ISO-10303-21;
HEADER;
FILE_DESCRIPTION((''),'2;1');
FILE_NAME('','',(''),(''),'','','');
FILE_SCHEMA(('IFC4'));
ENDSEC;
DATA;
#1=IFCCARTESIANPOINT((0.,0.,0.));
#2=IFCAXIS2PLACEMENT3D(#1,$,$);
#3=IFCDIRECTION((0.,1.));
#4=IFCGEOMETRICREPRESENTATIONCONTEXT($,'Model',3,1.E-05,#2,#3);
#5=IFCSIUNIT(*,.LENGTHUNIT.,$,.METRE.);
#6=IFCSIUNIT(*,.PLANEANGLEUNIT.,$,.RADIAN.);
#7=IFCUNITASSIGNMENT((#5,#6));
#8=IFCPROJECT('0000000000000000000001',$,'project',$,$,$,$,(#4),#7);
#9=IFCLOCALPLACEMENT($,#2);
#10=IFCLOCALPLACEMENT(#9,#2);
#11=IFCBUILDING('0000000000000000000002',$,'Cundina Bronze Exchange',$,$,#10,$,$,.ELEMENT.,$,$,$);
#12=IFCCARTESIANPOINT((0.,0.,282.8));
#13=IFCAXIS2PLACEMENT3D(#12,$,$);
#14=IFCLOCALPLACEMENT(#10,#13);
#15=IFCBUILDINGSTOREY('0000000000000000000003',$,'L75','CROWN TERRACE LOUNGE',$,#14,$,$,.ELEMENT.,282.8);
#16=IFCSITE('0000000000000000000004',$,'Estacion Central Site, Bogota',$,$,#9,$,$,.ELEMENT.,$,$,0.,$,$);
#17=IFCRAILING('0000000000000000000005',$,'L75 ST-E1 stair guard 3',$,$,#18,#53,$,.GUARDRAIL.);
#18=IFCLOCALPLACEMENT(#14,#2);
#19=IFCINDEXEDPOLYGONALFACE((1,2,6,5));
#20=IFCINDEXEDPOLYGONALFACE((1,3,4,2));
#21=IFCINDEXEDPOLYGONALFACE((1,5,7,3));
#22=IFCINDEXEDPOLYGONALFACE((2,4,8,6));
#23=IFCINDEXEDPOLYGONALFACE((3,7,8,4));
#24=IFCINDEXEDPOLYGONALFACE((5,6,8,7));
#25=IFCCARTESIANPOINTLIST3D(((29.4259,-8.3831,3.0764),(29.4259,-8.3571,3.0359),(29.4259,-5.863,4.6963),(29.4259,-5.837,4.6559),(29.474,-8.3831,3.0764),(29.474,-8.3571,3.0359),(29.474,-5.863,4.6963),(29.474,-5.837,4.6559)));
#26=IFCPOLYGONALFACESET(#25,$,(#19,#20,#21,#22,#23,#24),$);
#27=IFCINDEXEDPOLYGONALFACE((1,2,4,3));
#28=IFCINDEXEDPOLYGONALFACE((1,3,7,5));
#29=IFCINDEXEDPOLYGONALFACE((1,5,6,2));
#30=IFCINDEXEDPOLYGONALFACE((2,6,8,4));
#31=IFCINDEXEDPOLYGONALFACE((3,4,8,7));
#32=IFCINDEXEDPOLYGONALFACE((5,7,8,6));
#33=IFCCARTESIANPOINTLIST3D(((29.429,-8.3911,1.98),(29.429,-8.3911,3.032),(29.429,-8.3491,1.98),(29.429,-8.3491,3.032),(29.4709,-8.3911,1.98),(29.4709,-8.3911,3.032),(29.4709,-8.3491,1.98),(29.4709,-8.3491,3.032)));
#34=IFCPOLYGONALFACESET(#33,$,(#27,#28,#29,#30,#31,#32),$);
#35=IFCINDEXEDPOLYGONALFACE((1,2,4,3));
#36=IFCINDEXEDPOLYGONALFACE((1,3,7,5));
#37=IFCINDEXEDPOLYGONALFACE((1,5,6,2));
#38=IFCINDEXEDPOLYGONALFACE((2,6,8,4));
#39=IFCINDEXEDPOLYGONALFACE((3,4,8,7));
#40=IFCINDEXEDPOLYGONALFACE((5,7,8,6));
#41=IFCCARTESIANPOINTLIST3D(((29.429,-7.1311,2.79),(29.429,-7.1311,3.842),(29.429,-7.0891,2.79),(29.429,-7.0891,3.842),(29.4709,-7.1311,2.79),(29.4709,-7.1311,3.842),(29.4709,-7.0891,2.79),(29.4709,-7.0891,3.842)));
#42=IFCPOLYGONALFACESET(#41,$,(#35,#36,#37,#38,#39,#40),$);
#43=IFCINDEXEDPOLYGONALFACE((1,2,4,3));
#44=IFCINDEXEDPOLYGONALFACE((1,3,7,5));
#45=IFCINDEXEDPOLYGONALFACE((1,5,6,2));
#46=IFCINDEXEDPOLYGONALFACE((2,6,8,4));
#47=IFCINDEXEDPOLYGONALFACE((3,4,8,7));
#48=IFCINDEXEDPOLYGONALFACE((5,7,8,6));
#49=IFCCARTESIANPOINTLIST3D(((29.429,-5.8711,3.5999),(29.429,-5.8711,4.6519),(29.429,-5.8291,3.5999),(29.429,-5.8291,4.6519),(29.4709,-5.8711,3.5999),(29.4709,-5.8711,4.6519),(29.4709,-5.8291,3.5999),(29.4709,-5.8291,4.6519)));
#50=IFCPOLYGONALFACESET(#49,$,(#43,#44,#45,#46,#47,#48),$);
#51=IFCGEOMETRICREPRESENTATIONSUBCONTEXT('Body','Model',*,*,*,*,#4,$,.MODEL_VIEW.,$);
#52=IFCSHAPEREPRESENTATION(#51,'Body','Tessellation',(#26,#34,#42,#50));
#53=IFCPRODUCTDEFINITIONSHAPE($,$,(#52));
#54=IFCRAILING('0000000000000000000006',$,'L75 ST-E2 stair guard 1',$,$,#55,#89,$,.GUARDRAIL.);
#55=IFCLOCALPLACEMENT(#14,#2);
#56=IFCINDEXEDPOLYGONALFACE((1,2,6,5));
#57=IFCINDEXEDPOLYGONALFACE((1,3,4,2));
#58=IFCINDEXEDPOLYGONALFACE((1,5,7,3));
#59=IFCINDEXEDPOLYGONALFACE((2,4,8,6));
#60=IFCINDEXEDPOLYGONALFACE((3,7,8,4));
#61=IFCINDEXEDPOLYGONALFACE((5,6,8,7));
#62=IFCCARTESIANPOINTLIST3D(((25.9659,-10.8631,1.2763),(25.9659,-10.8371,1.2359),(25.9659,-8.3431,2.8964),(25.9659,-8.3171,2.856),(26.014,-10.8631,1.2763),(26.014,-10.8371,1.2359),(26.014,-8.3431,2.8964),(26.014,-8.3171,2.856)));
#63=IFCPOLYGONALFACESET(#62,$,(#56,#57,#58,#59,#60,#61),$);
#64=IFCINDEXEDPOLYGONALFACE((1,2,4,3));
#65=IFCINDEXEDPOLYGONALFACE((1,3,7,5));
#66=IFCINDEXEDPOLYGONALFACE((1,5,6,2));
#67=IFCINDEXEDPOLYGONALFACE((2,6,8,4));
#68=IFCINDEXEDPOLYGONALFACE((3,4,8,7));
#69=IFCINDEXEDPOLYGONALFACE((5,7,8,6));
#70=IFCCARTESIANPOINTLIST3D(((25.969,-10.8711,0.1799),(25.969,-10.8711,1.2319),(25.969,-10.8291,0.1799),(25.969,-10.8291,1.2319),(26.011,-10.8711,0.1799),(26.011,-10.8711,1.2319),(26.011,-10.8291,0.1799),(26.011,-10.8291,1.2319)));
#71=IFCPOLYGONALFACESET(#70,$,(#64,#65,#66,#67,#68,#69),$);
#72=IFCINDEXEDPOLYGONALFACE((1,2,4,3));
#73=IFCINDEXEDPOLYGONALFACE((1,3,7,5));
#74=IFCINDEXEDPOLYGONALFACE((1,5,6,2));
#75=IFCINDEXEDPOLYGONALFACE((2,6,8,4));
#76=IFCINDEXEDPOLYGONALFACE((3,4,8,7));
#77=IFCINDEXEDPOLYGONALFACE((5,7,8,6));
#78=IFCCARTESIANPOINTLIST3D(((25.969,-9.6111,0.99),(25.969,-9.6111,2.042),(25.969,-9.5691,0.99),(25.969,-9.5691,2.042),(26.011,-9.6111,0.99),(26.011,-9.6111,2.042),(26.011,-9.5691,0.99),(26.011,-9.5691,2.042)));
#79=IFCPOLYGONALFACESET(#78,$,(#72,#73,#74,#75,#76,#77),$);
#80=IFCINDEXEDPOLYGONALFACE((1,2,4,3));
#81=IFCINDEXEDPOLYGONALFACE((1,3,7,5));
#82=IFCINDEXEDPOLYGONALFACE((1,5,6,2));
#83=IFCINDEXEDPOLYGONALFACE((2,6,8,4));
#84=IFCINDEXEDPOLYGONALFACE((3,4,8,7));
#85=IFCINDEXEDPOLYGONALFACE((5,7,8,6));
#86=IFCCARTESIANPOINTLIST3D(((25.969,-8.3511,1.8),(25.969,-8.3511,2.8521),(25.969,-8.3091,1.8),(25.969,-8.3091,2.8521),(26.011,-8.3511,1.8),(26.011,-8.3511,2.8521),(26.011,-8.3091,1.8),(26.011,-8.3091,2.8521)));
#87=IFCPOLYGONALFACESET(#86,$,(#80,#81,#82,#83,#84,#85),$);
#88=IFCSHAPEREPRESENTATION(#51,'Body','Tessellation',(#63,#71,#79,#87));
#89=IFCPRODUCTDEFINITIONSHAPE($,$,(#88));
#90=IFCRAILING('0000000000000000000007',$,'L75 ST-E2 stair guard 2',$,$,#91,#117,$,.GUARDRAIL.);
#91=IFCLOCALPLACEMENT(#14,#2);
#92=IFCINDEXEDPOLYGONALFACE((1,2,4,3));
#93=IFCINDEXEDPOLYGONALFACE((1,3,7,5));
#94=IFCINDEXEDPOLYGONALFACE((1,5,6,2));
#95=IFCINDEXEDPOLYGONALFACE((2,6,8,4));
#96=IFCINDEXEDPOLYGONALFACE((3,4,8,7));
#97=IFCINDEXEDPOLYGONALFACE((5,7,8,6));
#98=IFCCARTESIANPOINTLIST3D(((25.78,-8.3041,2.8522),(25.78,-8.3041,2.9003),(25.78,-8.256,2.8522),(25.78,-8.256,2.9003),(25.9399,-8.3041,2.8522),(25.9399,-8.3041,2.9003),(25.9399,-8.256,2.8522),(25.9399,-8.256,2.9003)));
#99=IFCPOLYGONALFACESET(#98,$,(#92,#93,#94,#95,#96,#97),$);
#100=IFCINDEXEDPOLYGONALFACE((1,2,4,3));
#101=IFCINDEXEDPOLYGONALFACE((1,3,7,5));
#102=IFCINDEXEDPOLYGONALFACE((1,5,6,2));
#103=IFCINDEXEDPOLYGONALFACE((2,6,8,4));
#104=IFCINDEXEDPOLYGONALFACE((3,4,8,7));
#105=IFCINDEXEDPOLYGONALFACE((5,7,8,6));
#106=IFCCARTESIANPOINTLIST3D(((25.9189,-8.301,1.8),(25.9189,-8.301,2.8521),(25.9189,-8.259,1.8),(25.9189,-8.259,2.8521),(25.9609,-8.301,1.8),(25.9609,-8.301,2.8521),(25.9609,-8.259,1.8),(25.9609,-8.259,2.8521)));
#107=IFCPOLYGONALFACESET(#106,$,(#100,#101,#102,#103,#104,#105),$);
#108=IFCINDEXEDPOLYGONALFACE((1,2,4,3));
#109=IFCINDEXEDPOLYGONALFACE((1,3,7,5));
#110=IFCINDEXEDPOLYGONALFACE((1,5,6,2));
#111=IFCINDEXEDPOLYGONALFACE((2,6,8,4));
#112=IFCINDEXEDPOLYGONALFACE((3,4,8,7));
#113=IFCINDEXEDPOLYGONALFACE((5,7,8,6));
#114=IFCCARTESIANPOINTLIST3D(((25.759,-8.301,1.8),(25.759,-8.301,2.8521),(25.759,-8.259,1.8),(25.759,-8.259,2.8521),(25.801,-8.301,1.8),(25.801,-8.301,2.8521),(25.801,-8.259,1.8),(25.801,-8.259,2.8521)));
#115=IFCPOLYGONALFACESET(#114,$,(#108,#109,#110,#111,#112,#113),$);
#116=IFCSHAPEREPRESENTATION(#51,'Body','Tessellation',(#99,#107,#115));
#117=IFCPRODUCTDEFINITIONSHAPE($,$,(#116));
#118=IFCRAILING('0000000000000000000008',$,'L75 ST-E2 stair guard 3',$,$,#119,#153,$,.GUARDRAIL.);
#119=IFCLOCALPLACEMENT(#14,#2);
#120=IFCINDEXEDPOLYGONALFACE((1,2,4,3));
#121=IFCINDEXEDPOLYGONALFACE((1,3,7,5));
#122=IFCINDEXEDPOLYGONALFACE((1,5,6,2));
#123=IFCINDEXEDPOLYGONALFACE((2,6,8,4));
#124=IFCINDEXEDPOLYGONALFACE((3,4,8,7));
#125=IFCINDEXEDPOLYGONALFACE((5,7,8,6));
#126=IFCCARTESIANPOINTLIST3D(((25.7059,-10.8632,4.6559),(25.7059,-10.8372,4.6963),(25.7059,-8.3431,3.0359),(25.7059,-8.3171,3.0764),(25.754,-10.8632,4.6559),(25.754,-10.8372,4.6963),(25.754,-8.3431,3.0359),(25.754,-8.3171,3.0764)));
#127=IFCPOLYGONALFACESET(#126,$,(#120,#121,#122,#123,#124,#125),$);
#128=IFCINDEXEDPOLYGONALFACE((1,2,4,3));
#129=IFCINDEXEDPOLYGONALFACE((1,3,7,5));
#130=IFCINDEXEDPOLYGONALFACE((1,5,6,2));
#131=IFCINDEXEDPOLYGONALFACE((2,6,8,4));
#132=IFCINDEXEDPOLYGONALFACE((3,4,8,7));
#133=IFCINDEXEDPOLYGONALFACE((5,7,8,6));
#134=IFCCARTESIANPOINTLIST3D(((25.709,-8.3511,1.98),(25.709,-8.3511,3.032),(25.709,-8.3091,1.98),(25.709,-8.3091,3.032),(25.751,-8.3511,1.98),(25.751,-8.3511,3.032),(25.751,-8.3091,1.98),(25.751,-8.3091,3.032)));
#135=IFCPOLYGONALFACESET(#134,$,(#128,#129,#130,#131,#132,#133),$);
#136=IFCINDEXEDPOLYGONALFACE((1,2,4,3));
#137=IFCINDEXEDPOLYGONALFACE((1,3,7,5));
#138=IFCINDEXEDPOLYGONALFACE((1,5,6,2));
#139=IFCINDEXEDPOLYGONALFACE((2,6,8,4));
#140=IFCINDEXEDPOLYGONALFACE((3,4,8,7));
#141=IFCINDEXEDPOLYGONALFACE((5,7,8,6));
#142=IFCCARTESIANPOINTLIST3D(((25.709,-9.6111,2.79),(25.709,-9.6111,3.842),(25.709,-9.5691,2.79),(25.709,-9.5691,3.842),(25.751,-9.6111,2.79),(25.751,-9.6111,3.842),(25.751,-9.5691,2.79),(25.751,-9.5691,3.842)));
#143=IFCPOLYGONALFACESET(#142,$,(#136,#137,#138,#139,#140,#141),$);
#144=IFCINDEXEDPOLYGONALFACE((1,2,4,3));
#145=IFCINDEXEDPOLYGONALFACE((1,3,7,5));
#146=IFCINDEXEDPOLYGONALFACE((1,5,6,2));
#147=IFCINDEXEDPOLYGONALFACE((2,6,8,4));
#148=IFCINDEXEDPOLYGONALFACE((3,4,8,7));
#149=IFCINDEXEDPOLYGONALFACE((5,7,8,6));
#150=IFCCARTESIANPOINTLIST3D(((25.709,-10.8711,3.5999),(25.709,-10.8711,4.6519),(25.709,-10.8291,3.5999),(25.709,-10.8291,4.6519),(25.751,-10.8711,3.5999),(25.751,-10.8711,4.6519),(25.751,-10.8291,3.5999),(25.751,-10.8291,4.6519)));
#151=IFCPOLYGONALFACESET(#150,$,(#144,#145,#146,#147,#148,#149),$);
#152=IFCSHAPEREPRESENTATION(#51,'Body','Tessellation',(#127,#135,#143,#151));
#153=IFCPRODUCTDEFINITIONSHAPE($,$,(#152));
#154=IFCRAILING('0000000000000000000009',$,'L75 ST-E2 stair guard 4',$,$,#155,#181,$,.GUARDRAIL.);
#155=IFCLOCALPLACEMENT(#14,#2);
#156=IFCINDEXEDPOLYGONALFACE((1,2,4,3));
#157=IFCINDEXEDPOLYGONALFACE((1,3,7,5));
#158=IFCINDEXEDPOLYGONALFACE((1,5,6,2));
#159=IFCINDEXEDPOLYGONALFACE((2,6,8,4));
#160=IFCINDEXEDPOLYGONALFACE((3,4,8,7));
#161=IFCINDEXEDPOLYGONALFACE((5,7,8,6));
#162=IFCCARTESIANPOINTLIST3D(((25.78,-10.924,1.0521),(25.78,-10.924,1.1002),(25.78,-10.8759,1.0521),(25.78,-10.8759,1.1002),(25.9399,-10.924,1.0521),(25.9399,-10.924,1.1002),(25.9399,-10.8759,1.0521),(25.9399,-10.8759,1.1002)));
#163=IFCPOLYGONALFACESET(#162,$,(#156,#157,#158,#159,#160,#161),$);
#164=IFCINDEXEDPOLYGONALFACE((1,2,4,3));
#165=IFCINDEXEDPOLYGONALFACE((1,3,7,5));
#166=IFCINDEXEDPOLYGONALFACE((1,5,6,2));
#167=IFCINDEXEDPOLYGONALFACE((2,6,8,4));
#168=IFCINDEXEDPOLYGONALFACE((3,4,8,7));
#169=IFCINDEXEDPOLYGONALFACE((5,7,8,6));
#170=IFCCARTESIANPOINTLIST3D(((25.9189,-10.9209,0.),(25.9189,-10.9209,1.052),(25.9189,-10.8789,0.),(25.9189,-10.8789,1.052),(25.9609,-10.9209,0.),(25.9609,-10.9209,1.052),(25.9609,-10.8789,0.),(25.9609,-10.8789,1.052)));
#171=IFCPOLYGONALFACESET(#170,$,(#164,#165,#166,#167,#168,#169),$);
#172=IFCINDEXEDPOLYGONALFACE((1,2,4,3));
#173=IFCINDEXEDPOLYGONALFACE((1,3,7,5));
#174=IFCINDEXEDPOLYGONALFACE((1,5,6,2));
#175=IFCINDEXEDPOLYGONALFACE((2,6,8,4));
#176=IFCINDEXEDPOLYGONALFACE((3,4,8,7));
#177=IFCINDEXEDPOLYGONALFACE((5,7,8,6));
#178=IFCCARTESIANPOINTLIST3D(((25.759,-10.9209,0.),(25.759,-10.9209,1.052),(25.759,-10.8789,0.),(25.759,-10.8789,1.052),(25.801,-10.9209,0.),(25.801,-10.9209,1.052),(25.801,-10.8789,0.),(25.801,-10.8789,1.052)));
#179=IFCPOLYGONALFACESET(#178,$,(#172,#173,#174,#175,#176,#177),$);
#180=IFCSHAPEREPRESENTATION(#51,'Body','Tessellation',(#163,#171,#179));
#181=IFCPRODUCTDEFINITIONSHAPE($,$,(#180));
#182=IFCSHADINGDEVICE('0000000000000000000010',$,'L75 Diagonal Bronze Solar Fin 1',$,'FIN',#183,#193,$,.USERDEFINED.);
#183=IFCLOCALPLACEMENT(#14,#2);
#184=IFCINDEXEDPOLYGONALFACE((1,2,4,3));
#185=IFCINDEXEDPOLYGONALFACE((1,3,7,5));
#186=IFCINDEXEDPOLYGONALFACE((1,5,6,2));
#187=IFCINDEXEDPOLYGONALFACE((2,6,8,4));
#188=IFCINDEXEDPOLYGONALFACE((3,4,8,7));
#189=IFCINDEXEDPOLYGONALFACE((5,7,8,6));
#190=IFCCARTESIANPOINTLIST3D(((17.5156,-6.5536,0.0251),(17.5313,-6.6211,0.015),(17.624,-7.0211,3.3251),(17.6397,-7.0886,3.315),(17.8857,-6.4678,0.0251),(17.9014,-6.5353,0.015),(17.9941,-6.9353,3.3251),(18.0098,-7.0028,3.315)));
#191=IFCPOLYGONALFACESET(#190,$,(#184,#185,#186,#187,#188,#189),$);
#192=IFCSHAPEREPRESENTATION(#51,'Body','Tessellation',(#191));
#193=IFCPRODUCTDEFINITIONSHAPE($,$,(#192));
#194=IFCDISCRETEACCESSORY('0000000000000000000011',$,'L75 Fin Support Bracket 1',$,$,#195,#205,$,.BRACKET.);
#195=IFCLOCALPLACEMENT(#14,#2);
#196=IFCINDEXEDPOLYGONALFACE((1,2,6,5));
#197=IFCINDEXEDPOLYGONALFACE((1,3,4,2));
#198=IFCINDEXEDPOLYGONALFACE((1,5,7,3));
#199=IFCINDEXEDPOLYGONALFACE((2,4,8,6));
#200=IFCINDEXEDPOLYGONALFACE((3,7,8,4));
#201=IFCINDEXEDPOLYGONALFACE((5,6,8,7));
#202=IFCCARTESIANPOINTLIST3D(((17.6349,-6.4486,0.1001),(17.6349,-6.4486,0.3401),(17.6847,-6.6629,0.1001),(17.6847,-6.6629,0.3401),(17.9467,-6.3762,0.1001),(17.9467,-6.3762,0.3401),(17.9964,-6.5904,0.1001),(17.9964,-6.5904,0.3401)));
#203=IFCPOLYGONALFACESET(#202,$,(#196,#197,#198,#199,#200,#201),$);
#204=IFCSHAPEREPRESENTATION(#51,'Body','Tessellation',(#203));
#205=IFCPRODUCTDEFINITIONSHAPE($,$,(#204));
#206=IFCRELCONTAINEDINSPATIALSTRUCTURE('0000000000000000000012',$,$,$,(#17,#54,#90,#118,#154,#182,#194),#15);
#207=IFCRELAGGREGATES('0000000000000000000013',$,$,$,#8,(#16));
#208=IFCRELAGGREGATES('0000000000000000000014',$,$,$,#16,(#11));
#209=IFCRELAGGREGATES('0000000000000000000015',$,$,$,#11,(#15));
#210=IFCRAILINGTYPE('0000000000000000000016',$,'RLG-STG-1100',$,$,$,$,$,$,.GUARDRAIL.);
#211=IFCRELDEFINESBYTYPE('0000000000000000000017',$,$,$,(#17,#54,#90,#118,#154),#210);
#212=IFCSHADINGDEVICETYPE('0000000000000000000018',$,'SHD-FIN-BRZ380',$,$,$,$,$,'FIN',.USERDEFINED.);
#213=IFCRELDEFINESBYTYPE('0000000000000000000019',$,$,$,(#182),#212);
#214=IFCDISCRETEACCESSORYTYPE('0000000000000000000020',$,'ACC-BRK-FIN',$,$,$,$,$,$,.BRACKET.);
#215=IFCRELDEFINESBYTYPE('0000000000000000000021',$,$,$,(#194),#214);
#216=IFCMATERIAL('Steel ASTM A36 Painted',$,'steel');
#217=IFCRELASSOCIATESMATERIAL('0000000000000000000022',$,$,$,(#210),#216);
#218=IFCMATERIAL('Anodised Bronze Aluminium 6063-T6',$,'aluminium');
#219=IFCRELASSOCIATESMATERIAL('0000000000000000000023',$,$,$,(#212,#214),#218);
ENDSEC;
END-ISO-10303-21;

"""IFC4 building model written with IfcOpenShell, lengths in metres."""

from ifc_helpers import new_model, si_unit, direction, frame, origin, origin_2d, place, context, subcontext, project, spatial, rectangle, extrude, material, material_profile, profile_set, type_object, element, save


model = new_model("IFC4")

# Units and contexts
model_context = context("Model", 3, precision=1e-05, world=origin(), true_north=direction((0.0, 1.0)))
body_context = subcontext(model_context, "Body", "Model", "MODEL_VIEW")
ifc_project = project(units=[si_unit("LENGTHUNIT", "METRE"), si_unit("PLANEANGLEUNIT", "RADIAN")], contexts=[model_context])

# Site, building, storey
site_placement = place(None, origin())
site = spatial("IfcSite", under=ifc_project, at=site_placement, Name="Estacion Central Site, Bogota", CompositionType="ELEMENT", RefElevation=0.0)
building_placement = place(site_placement, origin())
building = spatial("IfcBuilding", under=site, at=building_placement, Name="Cundina Bronze Exchange", CompositionType="ELEMENT")
storey_placement = place(building_placement, frame((0.0, 0.0, 282.8)))
storey = spatial("IfcBuildingStorey", under=building, at=storey_placement, Name="L75", Description="CROWN TERRACE LOUNGE", CompositionType="ELEMENT", Elevation=282.8)

# Shared definitions
ifc_material_1 = material(Name="Anodised Bronze Aluminium 6063-T6", Category="aluminium")

# Shared definitions
ifc_material_2 = material(Name="Steel ASTM A36 Painted", Category="steel")

# Railings
railing_type_1 = type_object("IfcRailingType", Name="RLG-STG-1100", PredefinedType="GUARDRAIL", material=ifc_material_2)
railing_1_placement = place(storey_placement, frame((29.45, -8.3701, 1.98)))
element("IfcRailing", 1, at=railing_1_placement, inside=storey, type_object=railing_type_1, Name="L75 ST-E1 stair guard 3", PredefinedType="GUARDRAIL", context=body_context, shape_type="SweptSolid", body=[
    extrude(rectangle(XDim=0.0481, YDim=0.0481, at=origin_2d()), frame((0.0, 0.0, 1.0762), z_axis=(0.0, 0.8412, 0.540725), x_axis=(-1.0, 0.0, 0.0)), (0.0, 0.0, 1.0), 2.9958),
    extrude(rectangle(XDim=0.042, YDim=0.042, at=origin_2d()), origin(), (0.0, 0.0, 1.0), 1.052),
    extrude(rectangle(XDim=0.042, YDim=0.042, at=origin_2d()), frame((0.0, 1.26, 0.8101)), (0.0, 0.0, 1.0), 1.052),
    extrude(rectangle(XDim=0.042, YDim=0.042, at=origin_2d()), frame((0.0, 2.52, 1.6199)), (0.0, 0.0, 1.0), 1.052),
])
railing_2_placement = place(storey_placement, frame((25.99, -10.8501, 0.1799)))
element("IfcRailing", 2, at=railing_2_placement, inside=storey, type_object=railing_type_1, Name="L75 ST-E2 stair guard 1", PredefinedType="GUARDRAIL", context=body_context, shape_type="SweptSolid", body=[
    extrude(rectangle(XDim=0.0481, YDim=0.0481, at=origin_2d()), frame((0.0, 0.0, 1.0762), z_axis=(0.0, 0.841163, 0.540782), x_axis=(-1.0, 0.0, 0.0)), (0.0, 0.0, 1.0), 2.9958),
    extrude(rectangle(XDim=0.042, YDim=0.042, at=origin_2d()), origin(), (0.0, 0.0, 1.0), 1.052),
    extrude(rectangle(XDim=0.042, YDim=0.042, at=origin_2d()), frame((0.0, 1.26, 0.8101)), (0.0, 0.0, 1.0), 1.052),
    extrude(rectangle(XDim=0.042, YDim=0.042, at=origin_2d()), frame((0.0, 2.52, 1.6201)), (0.0, 0.0, 1.0), 1.052),
])
railing_3_placement = place(storey_placement, frame((25.9399, -8.28, 1.8)))
element("IfcRailing", 3, at=railing_3_placement, inside=storey, type_object=railing_type_1, Name="L75 ST-E2 stair guard 2", PredefinedType="GUARDRAIL", context=body_context, shape_type="SweptSolid", body=[
    extrude(rectangle(XDim=0.0481, YDim=0.0481, at=origin_2d()), frame((0.0, 0.0, 1.0762), z_axis=(-1.0, 0.0, 0.0), x_axis=(0.0, -1.0, 0.0)), (0.0, 0.0, 1.0), 0.1599),
    extrude(rectangle(XDim=0.042, YDim=0.042, at=origin_2d()), origin(), (0.0, 0.0, 1.0), 1.052),
    extrude(rectangle(XDim=0.042, YDim=0.042, at=origin_2d()), frame((-0.1599, 0.0, 0.0)), (0.0, 0.0, 1.0), 1.052),
])
railing_4_placement = place(storey_placement, frame((25.73, -8.3301, 1.98)))
element("IfcRailing", 4, at=railing_4_placement, inside=storey, type_object=railing_type_1, Name="L75 ST-E2 stair guard 3", PredefinedType="GUARDRAIL", context=body_context, shape_type="SweptSolid", body=[
    extrude(rectangle(XDim=0.0481, YDim=0.0481, at=origin_2d()), frame((0.0, 0.0, 1.0762), z_axis=(0.0, -0.8412, 0.540725), x_axis=(1.0, 0.0, 0.0)), (0.0, 0.0, 1.0), 2.9958),
    extrude(rectangle(XDim=0.042, YDim=0.042, at=origin_2d()), origin(), (0.0, 0.0, 1.0), 1.052),
    extrude(rectangle(XDim=0.042, YDim=0.042, at=origin_2d()), frame((0.0, -1.26, 0.8101)), (0.0, 0.0, 1.0), 1.052),
    extrude(rectangle(XDim=0.042, YDim=0.042, at=origin_2d()), frame((0.0, -2.52, 1.6199)), (0.0, 0.0, 1.0), 1.052),
])
railing_5_placement = place(storey_placement, frame((25.9399, -10.8999, 0.0)))
element("IfcRailing", 5, at=railing_5_placement, inside=storey, type_object=railing_type_1, Name="L75 ST-E2 stair guard 4", PredefinedType="GUARDRAIL", context=body_context, shape_type="SweptSolid", body=[
    extrude(rectangle(XDim=0.0481, YDim=0.0481, at=origin_2d()), frame((0.0, 0.0, 1.0762), z_axis=(-1.0, 0.0, 0.0), x_axis=(0.0, -1.0, 0.0)), (0.0, 0.0, 1.0), 0.1599),
    extrude(rectangle(XDim=0.042, YDim=0.042, at=origin_2d()), origin(), (0.0, 0.0, 1.0), 1.052),
    extrude(rectangle(XDim=0.042, YDim=0.042, at=origin_2d()), frame((-0.1599, 0.0, 0.0)), (0.0, 0.0, 1.0), 1.052),
])

# Shading device
ifc_material_profile_1 = material_profile(ifc_material_1, rectangle(XDim=0.0701, YDim=0.3799, at=origin_2d()), Name="FIN70X380", Category="aluminium")
ifc_profile_set_1 = profile_set([ifc_material_profile_1], Name="Anodised Bronze Aluminium 6063-T6")
shading_device_type = type_object("IfcShadingDeviceType", Name="SHD-FIN-BRZ380", ElementType="FIN", PredefinedType="USERDEFINED", material=ifc_profile_set_1)
shading_device_placement = place(storey_placement, frame((17.7085, -6.5444, 0.02), z_axis=(0.032506, -0.140199, 0.98959), x_axis=(-0.223511, 0.964018, 0.143918)))
element("IfcShadingDevice", 6, at=shading_device_placement, inside=storey, type_object=shading_device_type, Name="L75 Diagonal Bronze Solar Fin 1", ObjectType="FIN", PredefinedType="USERDEFINED", context=body_context, shape_type="SweptSolid", body=[
    extrude(rectangle(XDim=0.0701, YDim=0.3799, at=origin_2d()), origin(), (0.0, 0.0, 1.0), 3.3347),
])

# Discrete accessory
discrete_accessory_type = type_object("IfcDiscreteAccessoryType", Name="ACC-BRK-FIN", PredefinedType="BRACKET", material=ifc_material_1)
discrete_accessory_placement = place(storey_placement, frame((17.8157, -6.5195, 0.1001), z_axis=(0.0, 0.0, 1.0), x_axis=(0.226328, -0.974051, 0.0)))
element("IfcDiscreteAccessory", 7, at=discrete_accessory_placement, inside=storey, type_object=discrete_accessory_type, Name="L75 Fin Support Bracket 1", PredefinedType="BRACKET", context=body_context, shape_type="SweptSolid", body=[
    extrude(rectangle(XDim=0.22, YDim=0.3201, at=origin_2d()), origin(), (0.0, 0.0, 1.0), 0.24),
])

save(model, "model.ifc")
